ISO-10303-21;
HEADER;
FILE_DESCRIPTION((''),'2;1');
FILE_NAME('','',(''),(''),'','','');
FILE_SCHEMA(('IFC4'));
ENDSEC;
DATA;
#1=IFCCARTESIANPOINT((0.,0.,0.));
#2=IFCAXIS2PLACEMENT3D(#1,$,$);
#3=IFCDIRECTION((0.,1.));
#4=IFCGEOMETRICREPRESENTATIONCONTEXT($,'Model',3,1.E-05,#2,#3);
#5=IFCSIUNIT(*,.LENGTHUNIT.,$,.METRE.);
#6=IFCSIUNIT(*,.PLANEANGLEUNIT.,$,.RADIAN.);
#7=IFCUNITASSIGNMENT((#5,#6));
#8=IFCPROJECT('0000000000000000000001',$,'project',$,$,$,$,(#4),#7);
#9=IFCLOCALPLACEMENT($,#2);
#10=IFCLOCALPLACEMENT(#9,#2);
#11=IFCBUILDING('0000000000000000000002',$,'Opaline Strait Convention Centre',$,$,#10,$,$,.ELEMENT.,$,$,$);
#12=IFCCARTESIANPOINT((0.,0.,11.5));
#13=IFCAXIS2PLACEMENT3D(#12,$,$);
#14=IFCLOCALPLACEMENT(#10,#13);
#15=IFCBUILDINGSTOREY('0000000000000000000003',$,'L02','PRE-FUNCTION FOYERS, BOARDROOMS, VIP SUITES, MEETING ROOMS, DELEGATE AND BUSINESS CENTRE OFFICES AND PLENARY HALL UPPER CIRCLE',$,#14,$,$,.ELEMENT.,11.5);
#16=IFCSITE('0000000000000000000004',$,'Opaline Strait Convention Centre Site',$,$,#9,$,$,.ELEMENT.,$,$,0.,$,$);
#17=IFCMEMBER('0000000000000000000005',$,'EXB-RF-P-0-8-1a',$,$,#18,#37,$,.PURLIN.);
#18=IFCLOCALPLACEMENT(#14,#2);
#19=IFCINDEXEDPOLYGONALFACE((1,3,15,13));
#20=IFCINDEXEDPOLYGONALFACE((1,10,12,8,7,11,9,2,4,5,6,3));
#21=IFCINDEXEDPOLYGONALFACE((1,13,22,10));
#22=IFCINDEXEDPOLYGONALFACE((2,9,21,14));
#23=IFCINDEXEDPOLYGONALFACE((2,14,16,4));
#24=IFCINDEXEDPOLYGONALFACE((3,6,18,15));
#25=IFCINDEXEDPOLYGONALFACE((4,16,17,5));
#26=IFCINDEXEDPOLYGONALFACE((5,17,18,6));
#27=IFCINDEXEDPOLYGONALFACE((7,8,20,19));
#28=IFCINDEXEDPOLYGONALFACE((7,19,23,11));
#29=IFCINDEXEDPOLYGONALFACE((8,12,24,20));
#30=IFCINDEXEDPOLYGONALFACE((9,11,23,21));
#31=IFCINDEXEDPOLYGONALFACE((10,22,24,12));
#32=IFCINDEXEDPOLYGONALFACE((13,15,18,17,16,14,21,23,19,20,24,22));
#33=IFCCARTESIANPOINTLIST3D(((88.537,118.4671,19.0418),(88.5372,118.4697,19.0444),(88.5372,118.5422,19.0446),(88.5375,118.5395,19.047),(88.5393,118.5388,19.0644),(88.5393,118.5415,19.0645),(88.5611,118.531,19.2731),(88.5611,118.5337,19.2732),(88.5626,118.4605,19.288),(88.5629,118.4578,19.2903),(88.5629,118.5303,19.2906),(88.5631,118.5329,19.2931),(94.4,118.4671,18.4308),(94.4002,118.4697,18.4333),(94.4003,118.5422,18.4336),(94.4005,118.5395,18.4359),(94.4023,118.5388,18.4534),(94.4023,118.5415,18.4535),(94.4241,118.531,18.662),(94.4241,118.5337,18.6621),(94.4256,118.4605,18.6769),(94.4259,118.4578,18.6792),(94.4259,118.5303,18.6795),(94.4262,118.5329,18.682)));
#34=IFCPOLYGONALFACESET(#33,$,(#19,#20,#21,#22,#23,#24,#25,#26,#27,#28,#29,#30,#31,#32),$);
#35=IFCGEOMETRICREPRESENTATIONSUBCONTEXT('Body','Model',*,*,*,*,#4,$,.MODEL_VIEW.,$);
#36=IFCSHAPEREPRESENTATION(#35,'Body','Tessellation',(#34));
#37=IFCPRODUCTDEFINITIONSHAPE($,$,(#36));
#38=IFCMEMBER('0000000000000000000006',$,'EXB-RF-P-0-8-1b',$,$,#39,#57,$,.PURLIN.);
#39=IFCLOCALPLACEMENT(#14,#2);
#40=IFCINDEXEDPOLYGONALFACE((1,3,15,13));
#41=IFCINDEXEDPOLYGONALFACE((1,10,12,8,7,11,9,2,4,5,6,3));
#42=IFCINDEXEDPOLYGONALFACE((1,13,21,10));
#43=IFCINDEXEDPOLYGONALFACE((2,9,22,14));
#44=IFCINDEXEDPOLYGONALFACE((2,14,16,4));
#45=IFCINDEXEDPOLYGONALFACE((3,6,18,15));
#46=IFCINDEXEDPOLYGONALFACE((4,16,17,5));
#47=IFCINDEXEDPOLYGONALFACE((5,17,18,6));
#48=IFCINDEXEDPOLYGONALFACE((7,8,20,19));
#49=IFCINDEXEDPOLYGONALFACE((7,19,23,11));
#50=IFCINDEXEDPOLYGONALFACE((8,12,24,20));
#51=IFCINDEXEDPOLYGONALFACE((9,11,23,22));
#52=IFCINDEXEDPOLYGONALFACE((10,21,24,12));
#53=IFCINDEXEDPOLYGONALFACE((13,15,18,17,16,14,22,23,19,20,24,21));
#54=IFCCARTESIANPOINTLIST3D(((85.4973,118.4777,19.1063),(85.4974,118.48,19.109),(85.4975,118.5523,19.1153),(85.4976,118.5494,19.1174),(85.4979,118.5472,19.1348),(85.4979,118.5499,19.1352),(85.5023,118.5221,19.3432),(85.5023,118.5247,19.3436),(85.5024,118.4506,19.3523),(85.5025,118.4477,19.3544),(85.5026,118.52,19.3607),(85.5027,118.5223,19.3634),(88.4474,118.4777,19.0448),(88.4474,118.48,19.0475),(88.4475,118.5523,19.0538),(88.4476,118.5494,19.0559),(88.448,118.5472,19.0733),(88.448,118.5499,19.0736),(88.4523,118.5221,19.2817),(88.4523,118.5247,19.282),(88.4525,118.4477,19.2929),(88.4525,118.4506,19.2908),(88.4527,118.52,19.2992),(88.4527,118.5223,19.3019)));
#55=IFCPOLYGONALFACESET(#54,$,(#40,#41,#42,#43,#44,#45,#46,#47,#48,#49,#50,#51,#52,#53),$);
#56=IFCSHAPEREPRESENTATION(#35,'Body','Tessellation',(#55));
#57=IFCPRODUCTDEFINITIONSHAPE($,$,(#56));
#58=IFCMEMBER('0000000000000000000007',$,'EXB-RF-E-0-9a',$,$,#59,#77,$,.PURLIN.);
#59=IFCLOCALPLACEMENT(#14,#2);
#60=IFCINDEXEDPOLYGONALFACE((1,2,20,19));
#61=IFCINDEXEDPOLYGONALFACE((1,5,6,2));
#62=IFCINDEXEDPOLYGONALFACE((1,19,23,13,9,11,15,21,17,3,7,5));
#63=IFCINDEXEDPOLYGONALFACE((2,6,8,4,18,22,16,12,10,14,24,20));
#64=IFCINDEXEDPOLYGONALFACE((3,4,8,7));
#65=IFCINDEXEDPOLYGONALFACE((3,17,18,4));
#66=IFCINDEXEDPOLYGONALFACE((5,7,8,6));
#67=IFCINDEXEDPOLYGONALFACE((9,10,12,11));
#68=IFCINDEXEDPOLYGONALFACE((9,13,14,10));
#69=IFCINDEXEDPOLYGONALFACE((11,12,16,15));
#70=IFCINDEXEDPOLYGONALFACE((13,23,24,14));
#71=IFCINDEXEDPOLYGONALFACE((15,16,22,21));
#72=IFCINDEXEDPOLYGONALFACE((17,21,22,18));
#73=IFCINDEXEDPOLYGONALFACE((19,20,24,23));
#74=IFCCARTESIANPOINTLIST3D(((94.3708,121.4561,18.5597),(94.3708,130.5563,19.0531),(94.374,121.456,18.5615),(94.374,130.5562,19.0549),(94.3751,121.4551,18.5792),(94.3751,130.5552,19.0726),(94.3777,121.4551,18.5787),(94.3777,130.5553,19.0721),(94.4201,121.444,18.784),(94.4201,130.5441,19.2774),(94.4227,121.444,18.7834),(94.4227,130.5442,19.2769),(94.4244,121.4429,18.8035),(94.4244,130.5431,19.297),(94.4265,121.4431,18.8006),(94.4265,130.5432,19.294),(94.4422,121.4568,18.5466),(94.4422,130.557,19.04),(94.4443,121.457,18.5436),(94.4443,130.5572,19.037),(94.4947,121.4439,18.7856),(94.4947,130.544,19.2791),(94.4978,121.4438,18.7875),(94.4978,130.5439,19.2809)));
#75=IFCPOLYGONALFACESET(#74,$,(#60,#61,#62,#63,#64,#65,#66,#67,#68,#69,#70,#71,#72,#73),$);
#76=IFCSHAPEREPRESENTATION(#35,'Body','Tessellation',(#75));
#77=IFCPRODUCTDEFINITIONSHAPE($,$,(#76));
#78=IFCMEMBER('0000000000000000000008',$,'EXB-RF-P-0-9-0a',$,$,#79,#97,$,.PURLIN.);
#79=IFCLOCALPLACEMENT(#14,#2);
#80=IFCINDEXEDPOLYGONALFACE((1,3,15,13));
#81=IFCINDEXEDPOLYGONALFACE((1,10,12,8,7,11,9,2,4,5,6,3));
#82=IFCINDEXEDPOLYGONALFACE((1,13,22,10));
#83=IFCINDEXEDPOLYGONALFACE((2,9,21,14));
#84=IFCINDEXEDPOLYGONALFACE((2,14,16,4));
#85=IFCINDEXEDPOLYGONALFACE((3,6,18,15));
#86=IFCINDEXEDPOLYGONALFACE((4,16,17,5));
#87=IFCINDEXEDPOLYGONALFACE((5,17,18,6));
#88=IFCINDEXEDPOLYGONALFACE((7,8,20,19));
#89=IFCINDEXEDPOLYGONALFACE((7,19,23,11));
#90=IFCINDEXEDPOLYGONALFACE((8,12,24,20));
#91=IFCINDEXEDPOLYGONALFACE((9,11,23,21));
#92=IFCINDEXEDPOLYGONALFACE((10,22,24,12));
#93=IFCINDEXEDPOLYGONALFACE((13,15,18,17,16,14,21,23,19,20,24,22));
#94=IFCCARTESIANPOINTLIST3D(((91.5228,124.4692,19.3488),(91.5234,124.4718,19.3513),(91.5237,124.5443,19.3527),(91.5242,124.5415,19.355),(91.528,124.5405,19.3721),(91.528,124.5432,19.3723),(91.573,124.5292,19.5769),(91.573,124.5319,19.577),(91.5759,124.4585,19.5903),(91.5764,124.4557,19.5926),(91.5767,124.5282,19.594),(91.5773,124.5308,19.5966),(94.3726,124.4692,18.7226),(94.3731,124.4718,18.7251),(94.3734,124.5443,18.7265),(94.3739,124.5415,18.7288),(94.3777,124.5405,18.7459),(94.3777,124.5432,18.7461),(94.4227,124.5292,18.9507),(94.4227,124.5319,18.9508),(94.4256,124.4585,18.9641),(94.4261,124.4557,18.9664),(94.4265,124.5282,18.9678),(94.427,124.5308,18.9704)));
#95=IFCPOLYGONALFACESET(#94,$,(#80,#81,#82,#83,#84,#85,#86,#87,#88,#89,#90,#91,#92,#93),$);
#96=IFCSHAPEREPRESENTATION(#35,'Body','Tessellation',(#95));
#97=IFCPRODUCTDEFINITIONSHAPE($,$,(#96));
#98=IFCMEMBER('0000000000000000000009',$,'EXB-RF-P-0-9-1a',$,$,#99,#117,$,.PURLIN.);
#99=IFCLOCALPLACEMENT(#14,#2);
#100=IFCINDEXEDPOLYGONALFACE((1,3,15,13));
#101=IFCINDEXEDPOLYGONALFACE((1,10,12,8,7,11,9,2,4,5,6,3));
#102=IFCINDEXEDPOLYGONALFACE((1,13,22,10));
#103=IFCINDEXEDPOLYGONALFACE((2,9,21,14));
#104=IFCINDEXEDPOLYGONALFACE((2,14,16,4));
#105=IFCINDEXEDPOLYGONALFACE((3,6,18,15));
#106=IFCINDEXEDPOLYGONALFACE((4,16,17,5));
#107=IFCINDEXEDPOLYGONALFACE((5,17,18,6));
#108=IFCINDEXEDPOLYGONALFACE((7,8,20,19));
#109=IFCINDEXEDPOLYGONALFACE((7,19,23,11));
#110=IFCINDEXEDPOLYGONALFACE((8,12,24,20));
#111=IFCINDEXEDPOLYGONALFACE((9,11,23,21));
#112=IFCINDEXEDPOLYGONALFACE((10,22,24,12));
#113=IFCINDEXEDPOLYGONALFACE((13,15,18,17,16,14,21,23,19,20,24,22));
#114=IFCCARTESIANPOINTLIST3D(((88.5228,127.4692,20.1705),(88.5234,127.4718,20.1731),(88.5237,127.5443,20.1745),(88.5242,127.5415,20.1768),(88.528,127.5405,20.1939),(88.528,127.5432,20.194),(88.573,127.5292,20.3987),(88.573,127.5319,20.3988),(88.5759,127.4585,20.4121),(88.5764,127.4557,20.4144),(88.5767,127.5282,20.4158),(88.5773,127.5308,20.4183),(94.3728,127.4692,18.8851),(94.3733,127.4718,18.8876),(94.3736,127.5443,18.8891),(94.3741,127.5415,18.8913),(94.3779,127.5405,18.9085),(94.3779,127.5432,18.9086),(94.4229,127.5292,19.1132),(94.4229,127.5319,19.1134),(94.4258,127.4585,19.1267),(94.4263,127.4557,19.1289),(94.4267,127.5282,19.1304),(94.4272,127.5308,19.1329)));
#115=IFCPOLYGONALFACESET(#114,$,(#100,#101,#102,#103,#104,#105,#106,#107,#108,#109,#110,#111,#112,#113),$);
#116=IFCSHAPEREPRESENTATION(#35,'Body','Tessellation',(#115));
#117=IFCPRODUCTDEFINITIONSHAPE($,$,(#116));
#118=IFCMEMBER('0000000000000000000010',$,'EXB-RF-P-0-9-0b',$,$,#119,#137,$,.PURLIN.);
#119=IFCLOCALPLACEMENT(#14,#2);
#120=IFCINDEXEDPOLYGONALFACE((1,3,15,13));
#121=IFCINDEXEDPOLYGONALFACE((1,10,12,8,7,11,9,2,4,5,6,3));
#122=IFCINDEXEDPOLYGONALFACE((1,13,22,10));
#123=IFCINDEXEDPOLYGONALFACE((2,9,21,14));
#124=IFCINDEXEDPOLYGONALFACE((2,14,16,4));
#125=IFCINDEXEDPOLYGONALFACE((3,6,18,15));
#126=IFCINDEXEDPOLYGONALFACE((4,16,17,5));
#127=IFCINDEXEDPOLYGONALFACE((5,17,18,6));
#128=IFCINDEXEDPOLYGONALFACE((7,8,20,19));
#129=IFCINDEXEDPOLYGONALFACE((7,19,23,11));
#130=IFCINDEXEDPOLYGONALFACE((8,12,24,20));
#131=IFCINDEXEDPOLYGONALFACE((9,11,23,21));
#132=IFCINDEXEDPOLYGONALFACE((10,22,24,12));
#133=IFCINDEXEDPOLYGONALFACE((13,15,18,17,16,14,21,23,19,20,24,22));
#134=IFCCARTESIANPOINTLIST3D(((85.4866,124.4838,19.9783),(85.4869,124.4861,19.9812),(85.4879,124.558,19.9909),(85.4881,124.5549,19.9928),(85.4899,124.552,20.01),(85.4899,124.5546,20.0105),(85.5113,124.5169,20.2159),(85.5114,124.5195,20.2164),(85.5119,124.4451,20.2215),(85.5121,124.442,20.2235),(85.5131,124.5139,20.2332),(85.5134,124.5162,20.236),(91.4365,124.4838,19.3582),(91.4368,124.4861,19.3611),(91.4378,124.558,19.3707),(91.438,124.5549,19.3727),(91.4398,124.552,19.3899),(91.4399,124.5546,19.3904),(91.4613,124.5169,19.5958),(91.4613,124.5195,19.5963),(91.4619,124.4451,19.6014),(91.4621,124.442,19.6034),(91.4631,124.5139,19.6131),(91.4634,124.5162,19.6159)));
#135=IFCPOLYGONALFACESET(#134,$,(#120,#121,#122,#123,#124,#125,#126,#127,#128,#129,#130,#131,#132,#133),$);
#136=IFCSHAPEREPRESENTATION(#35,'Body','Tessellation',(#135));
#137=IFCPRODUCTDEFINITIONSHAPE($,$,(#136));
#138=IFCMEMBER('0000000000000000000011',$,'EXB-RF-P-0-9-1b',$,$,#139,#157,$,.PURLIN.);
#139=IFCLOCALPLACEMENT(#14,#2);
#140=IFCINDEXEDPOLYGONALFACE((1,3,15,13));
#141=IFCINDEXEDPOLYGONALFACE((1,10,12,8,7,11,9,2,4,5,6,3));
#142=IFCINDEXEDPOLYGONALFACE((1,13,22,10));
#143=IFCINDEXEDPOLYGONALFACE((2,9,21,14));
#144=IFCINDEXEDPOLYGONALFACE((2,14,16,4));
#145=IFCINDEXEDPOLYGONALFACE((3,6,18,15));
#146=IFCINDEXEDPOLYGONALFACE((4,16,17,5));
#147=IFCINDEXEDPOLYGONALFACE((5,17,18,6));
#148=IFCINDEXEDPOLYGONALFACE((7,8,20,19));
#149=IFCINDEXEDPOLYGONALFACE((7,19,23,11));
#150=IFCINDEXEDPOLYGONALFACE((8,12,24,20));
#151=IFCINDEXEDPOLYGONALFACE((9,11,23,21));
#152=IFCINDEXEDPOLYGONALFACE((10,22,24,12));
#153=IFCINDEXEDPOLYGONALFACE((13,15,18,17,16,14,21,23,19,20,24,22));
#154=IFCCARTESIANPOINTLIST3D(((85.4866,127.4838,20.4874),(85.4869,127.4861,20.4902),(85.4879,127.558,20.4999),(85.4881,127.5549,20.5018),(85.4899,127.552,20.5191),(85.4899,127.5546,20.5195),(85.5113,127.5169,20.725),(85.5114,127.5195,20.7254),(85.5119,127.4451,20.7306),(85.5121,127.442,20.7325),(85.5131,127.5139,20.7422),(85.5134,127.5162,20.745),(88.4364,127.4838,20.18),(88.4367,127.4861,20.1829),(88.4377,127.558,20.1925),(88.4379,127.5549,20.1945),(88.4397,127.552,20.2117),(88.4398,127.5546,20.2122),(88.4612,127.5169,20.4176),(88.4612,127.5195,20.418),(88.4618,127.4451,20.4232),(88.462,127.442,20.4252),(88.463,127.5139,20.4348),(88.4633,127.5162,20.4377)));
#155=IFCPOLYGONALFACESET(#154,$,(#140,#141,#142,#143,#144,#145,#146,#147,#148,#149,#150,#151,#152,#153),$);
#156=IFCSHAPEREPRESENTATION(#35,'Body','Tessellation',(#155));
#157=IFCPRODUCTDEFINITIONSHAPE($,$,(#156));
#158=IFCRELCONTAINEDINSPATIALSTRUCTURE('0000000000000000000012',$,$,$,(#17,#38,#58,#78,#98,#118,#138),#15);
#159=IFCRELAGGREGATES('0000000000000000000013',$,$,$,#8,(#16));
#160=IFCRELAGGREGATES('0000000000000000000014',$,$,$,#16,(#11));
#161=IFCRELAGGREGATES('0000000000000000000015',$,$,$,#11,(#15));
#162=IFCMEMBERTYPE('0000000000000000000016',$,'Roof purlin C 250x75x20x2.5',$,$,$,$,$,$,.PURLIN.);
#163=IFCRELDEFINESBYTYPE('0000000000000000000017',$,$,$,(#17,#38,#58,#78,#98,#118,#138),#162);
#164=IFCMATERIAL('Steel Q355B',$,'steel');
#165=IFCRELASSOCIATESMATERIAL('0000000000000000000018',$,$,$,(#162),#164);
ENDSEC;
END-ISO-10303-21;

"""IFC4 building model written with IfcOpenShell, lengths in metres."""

from ifc_helpers import new_model, si_unit, direction, frame, origin, place, context, subcontext, project, spatial, polyline, outline, extrude, material, material_profile, profile_set, type_object, element, save


model = new_model("IFC4")

# Units and contexts
model_context = context("Model", 3, precision=1e-05, world=origin(), true_north=direction((0.0, 1.0)))
body_context = subcontext(model_context, "Body", "Model", "MODEL_VIEW")
ifc_project = project(units=[si_unit("LENGTHUNIT", "METRE"), si_unit("PLANEANGLEUNIT", "RADIAN")], contexts=[model_context])

# Site, building, storey
site_placement = place(None, origin())
site = spatial("IfcSite", under=ifc_project, at=site_placement, Name="Opaline Strait Convention Centre Site", CompositionType="ELEMENT", RefElevation=0.0)
building_placement = place(site_placement, origin())
building = spatial("IfcBuilding", under=site, at=building_placement, Name="Opaline Strait Convention Centre", CompositionType="ELEMENT")
storey_placement = place(building_placement, frame((0.0, 0.0, 11.5)))
storey = spatial("IfcBuildingStorey", under=building, at=storey_placement, Name="L02", Description="PRE-FUNCTION FOYERS, BOARDROOMS, VIP SUITES, MEETING ROOMS, DELEGATE AND BUSINESS CENTRE OFFICES AND PLENARY HALL UPPER CIRCLE", CompositionType="ELEMENT", Elevation=11.5)

# Members
ifc_material_1 = material(Name="Steel Q355B", Category="steel")
ifc_material_profile_1 = material_profile(ifc_material_1, outline(polyline([(-0.0376, -0.125), (0.0376, -0.125), (0.0376, -0.105), (0.0349, -0.105), (0.0349, -0.1226), (-0.0349, -0.1226), (-0.0349, 0.1226), (0.0349, 0.1226), (0.0349, 0.105), (0.0376, 0.105), (0.0376, 0.125), (-0.0376, 0.125), (-0.0376, -0.125)])), Name="C 250x75x20x2.5")
ifc_profile_set_1 = profile_set([ifc_material_profile_1], Name="Steel Q355B")
member_type_1 = type_object("IfcMemberType", Name="Roof purlin C 250x75x20x2.5", PredefinedType="PURLIN", material=ifc_profile_set_1)
member_1_placement = place(storey_placement, frame((88.55, 118.5, 19.1675), z_axis=(0.994612, 0.0, -0.103665), x_axis=(0.003872, 0.999302, 0.037151)))
element("IfcMember", 1, at=member_1_placement, inside=storey, type_object=member_type_1, Name="EXB-RF-P-0-8-1a", PredefinedType="PURLIN", context=body_context, shape_type="SweptSolid", body=[
    extrude(outline(polyline([(-0.0376, -0.125), (0.0376, -0.125), (0.0376, -0.105), (0.0349, -0.105), (0.0349, -0.1226), (-0.0349, -0.1226), (-0.0349, 0.1226), (0.0349, 0.1226), (0.0349, 0.105), (0.0376, 0.105), (0.0376, 0.125), (-0.0376, 0.125), (-0.0376, -0.125)])), origin(), (0.0, 0.0, 1.0), 5.8948),
])
member_2_placement = place(storey_placement, frame((85.5, 118.5, 19.2349), z_axis=(0.999783, 0.0, -0.020851), x_axis=(0.002501, 0.992783, 0.119896)))
element("IfcMember", 2, at=member_2_placement, inside=storey, type_object=member_type_1, Name="EXB-RF-P-0-8-1b", PredefinedType="PURLIN", context=body_context, shape_type="SweptSolid", body=[
    extrude(outline(polyline([(-0.0376, -0.125), (0.0376, -0.125), (0.0376, -0.105), (0.0349, -0.105), (0.0349, -0.1226), (-0.0349, -0.1226), (-0.0349, 0.1226), (0.0349, 0.1226), (0.0349, 0.105), (0.0376, 0.105), (0.0376, 0.125), (-0.0376, 0.125), (-0.0376, -0.125)])), origin(), (0.0, 0.0, 1.0), 2.9507),
])
member_3_placement = place(storey_placement, frame((94.4343, 121.45, 18.6736), z_axis=(0.0, 0.998533, 0.054141), x_axis=(-0.976768, -0.011602, 0.213986)))
element("IfcMember", 3, at=member_3_placement, inside=storey, type_object=member_type_1, Name="EXB-RF-E-0-9a", PredefinedType="PURLIN", context=body_context, shape_type="SweptSolid", body=[
    extrude(outline(polyline([(-0.0376, -0.125), (0.0376, -0.125), (0.0376, -0.105), (0.0349, -0.105), (0.0349, -0.1226), (-0.0349, -0.1226), (-0.0349, 0.1226), (0.0349, 0.1226), (0.0349, 0.105), (0.0376, 0.105), (0.0376, 0.125), (-0.0376, 0.125), (-0.0376, -0.125)])), origin(), (0.0, 0.0, 1.0), 9.1135),
])
member_4_placement = place(storey_placement, frame((91.55, 124.5, 19.4727), z_axis=(0.976698, 0.0, -0.214618), x_axis=(0.011617, 0.998534, 0.052866)))
element("IfcMember", 4, at=member_4_placement, inside=storey, type_object=member_type_1, Name="EXB-RF-P-0-9-0a", PredefinedType="PURLIN", context=body_context, shape_type="SweptSolid", body=[
    extrude(outline(polyline([(-0.0376, -0.125), (0.0376, -0.125), (0.0376, -0.105), (0.0349, -0.105), (0.0349, -0.1226), (-0.0349, -0.1226), (-0.0349, 0.1226), (0.0349, 0.1226), (0.0349, 0.105), (0.0376, 0.105), (0.0376, 0.125), (-0.0376, 0.125), (-0.0376, -0.125)])), origin(), (0.0, 0.0, 1.0), 2.9177),
])
member_5_placement = place(storey_placement, frame((88.55, 127.5, 20.2944), z_axis=(0.976699, 0.0, -0.214612), x_axis=(0.011616, 0.998534, 0.052866)))
element("IfcMember", 5, at=member_5_placement, inside=storey, type_object=member_type_1, Name="EXB-RF-P-0-9-1a", PredefinedType="PURLIN", context=body_context, shape_type="SweptSolid", body=[
    extrude(outline(polyline([(-0.0376, -0.125), (0.0376, -0.125), (0.0376, -0.105), (0.0349, -0.105), (0.0349, -0.1226), (-0.0349, -0.1226), (-0.0349, 0.1226), (0.0349, 0.1226), (0.0349, 0.105), (0.0376, 0.105), (0.0376, 0.125), (-0.0376, 0.125), (-0.0376, -0.125)])), origin(), (0.0, 0.0, 1.0), 5.9895),
])
member_6_placement = place(storey_placement, frame((85.5, 124.5, 20.1072), z_axis=(0.994613, 0.0, -0.103661), x_axis=(0.017344, 0.985904, 0.166413)))
element("IfcMember", 6, at=member_6_placement, inside=storey, type_object=member_type_1, Name="EXB-RF-P-0-9-0b", PredefinedType="PURLIN", context=body_context, shape_type="SweptSolid", body=[
    extrude(outline(polyline([(-0.0376, -0.125), (0.0376, -0.125), (0.0376, -0.105), (0.0349, -0.105), (0.0349, -0.1226), (-0.0349, -0.1226), (-0.0349, 0.1226), (0.0349, 0.1226), (0.0349, 0.105), (0.0376, 0.105), (0.0376, 0.125), (-0.0376, 0.125), (-0.0376, -0.125)])), origin(), (0.0, 0.0, 1.0), 5.9822),
])
member_7_placement = place(storey_placement, frame((85.5, 127.5, 20.6162), z_axis=(0.994615, 0.0, -0.103635), x_axis=(0.01734, 0.985904, 0.166413)))
element("IfcMember", 7, at=member_7_placement, inside=storey, type_object=member_type_1, Name="EXB-RF-P-0-9-1b", PredefinedType="PURLIN", context=body_context, shape_type="SweptSolid", body=[
    extrude(outline(polyline([(-0.0376, -0.125), (0.0376, -0.125), (0.0376, -0.105), (0.0349, -0.105), (0.0349, -0.1226), (-0.0349, -0.1226), (-0.0349, 0.1226), (0.0349, 0.1226), (0.0349, 0.105), (0.0376, 0.105), (0.0376, 0.125), (-0.0376, 0.125), (-0.0376, -0.125)])), origin(), (0.0, 0.0, 1.0), 2.9658),
])

save(model, "model.ifc")
